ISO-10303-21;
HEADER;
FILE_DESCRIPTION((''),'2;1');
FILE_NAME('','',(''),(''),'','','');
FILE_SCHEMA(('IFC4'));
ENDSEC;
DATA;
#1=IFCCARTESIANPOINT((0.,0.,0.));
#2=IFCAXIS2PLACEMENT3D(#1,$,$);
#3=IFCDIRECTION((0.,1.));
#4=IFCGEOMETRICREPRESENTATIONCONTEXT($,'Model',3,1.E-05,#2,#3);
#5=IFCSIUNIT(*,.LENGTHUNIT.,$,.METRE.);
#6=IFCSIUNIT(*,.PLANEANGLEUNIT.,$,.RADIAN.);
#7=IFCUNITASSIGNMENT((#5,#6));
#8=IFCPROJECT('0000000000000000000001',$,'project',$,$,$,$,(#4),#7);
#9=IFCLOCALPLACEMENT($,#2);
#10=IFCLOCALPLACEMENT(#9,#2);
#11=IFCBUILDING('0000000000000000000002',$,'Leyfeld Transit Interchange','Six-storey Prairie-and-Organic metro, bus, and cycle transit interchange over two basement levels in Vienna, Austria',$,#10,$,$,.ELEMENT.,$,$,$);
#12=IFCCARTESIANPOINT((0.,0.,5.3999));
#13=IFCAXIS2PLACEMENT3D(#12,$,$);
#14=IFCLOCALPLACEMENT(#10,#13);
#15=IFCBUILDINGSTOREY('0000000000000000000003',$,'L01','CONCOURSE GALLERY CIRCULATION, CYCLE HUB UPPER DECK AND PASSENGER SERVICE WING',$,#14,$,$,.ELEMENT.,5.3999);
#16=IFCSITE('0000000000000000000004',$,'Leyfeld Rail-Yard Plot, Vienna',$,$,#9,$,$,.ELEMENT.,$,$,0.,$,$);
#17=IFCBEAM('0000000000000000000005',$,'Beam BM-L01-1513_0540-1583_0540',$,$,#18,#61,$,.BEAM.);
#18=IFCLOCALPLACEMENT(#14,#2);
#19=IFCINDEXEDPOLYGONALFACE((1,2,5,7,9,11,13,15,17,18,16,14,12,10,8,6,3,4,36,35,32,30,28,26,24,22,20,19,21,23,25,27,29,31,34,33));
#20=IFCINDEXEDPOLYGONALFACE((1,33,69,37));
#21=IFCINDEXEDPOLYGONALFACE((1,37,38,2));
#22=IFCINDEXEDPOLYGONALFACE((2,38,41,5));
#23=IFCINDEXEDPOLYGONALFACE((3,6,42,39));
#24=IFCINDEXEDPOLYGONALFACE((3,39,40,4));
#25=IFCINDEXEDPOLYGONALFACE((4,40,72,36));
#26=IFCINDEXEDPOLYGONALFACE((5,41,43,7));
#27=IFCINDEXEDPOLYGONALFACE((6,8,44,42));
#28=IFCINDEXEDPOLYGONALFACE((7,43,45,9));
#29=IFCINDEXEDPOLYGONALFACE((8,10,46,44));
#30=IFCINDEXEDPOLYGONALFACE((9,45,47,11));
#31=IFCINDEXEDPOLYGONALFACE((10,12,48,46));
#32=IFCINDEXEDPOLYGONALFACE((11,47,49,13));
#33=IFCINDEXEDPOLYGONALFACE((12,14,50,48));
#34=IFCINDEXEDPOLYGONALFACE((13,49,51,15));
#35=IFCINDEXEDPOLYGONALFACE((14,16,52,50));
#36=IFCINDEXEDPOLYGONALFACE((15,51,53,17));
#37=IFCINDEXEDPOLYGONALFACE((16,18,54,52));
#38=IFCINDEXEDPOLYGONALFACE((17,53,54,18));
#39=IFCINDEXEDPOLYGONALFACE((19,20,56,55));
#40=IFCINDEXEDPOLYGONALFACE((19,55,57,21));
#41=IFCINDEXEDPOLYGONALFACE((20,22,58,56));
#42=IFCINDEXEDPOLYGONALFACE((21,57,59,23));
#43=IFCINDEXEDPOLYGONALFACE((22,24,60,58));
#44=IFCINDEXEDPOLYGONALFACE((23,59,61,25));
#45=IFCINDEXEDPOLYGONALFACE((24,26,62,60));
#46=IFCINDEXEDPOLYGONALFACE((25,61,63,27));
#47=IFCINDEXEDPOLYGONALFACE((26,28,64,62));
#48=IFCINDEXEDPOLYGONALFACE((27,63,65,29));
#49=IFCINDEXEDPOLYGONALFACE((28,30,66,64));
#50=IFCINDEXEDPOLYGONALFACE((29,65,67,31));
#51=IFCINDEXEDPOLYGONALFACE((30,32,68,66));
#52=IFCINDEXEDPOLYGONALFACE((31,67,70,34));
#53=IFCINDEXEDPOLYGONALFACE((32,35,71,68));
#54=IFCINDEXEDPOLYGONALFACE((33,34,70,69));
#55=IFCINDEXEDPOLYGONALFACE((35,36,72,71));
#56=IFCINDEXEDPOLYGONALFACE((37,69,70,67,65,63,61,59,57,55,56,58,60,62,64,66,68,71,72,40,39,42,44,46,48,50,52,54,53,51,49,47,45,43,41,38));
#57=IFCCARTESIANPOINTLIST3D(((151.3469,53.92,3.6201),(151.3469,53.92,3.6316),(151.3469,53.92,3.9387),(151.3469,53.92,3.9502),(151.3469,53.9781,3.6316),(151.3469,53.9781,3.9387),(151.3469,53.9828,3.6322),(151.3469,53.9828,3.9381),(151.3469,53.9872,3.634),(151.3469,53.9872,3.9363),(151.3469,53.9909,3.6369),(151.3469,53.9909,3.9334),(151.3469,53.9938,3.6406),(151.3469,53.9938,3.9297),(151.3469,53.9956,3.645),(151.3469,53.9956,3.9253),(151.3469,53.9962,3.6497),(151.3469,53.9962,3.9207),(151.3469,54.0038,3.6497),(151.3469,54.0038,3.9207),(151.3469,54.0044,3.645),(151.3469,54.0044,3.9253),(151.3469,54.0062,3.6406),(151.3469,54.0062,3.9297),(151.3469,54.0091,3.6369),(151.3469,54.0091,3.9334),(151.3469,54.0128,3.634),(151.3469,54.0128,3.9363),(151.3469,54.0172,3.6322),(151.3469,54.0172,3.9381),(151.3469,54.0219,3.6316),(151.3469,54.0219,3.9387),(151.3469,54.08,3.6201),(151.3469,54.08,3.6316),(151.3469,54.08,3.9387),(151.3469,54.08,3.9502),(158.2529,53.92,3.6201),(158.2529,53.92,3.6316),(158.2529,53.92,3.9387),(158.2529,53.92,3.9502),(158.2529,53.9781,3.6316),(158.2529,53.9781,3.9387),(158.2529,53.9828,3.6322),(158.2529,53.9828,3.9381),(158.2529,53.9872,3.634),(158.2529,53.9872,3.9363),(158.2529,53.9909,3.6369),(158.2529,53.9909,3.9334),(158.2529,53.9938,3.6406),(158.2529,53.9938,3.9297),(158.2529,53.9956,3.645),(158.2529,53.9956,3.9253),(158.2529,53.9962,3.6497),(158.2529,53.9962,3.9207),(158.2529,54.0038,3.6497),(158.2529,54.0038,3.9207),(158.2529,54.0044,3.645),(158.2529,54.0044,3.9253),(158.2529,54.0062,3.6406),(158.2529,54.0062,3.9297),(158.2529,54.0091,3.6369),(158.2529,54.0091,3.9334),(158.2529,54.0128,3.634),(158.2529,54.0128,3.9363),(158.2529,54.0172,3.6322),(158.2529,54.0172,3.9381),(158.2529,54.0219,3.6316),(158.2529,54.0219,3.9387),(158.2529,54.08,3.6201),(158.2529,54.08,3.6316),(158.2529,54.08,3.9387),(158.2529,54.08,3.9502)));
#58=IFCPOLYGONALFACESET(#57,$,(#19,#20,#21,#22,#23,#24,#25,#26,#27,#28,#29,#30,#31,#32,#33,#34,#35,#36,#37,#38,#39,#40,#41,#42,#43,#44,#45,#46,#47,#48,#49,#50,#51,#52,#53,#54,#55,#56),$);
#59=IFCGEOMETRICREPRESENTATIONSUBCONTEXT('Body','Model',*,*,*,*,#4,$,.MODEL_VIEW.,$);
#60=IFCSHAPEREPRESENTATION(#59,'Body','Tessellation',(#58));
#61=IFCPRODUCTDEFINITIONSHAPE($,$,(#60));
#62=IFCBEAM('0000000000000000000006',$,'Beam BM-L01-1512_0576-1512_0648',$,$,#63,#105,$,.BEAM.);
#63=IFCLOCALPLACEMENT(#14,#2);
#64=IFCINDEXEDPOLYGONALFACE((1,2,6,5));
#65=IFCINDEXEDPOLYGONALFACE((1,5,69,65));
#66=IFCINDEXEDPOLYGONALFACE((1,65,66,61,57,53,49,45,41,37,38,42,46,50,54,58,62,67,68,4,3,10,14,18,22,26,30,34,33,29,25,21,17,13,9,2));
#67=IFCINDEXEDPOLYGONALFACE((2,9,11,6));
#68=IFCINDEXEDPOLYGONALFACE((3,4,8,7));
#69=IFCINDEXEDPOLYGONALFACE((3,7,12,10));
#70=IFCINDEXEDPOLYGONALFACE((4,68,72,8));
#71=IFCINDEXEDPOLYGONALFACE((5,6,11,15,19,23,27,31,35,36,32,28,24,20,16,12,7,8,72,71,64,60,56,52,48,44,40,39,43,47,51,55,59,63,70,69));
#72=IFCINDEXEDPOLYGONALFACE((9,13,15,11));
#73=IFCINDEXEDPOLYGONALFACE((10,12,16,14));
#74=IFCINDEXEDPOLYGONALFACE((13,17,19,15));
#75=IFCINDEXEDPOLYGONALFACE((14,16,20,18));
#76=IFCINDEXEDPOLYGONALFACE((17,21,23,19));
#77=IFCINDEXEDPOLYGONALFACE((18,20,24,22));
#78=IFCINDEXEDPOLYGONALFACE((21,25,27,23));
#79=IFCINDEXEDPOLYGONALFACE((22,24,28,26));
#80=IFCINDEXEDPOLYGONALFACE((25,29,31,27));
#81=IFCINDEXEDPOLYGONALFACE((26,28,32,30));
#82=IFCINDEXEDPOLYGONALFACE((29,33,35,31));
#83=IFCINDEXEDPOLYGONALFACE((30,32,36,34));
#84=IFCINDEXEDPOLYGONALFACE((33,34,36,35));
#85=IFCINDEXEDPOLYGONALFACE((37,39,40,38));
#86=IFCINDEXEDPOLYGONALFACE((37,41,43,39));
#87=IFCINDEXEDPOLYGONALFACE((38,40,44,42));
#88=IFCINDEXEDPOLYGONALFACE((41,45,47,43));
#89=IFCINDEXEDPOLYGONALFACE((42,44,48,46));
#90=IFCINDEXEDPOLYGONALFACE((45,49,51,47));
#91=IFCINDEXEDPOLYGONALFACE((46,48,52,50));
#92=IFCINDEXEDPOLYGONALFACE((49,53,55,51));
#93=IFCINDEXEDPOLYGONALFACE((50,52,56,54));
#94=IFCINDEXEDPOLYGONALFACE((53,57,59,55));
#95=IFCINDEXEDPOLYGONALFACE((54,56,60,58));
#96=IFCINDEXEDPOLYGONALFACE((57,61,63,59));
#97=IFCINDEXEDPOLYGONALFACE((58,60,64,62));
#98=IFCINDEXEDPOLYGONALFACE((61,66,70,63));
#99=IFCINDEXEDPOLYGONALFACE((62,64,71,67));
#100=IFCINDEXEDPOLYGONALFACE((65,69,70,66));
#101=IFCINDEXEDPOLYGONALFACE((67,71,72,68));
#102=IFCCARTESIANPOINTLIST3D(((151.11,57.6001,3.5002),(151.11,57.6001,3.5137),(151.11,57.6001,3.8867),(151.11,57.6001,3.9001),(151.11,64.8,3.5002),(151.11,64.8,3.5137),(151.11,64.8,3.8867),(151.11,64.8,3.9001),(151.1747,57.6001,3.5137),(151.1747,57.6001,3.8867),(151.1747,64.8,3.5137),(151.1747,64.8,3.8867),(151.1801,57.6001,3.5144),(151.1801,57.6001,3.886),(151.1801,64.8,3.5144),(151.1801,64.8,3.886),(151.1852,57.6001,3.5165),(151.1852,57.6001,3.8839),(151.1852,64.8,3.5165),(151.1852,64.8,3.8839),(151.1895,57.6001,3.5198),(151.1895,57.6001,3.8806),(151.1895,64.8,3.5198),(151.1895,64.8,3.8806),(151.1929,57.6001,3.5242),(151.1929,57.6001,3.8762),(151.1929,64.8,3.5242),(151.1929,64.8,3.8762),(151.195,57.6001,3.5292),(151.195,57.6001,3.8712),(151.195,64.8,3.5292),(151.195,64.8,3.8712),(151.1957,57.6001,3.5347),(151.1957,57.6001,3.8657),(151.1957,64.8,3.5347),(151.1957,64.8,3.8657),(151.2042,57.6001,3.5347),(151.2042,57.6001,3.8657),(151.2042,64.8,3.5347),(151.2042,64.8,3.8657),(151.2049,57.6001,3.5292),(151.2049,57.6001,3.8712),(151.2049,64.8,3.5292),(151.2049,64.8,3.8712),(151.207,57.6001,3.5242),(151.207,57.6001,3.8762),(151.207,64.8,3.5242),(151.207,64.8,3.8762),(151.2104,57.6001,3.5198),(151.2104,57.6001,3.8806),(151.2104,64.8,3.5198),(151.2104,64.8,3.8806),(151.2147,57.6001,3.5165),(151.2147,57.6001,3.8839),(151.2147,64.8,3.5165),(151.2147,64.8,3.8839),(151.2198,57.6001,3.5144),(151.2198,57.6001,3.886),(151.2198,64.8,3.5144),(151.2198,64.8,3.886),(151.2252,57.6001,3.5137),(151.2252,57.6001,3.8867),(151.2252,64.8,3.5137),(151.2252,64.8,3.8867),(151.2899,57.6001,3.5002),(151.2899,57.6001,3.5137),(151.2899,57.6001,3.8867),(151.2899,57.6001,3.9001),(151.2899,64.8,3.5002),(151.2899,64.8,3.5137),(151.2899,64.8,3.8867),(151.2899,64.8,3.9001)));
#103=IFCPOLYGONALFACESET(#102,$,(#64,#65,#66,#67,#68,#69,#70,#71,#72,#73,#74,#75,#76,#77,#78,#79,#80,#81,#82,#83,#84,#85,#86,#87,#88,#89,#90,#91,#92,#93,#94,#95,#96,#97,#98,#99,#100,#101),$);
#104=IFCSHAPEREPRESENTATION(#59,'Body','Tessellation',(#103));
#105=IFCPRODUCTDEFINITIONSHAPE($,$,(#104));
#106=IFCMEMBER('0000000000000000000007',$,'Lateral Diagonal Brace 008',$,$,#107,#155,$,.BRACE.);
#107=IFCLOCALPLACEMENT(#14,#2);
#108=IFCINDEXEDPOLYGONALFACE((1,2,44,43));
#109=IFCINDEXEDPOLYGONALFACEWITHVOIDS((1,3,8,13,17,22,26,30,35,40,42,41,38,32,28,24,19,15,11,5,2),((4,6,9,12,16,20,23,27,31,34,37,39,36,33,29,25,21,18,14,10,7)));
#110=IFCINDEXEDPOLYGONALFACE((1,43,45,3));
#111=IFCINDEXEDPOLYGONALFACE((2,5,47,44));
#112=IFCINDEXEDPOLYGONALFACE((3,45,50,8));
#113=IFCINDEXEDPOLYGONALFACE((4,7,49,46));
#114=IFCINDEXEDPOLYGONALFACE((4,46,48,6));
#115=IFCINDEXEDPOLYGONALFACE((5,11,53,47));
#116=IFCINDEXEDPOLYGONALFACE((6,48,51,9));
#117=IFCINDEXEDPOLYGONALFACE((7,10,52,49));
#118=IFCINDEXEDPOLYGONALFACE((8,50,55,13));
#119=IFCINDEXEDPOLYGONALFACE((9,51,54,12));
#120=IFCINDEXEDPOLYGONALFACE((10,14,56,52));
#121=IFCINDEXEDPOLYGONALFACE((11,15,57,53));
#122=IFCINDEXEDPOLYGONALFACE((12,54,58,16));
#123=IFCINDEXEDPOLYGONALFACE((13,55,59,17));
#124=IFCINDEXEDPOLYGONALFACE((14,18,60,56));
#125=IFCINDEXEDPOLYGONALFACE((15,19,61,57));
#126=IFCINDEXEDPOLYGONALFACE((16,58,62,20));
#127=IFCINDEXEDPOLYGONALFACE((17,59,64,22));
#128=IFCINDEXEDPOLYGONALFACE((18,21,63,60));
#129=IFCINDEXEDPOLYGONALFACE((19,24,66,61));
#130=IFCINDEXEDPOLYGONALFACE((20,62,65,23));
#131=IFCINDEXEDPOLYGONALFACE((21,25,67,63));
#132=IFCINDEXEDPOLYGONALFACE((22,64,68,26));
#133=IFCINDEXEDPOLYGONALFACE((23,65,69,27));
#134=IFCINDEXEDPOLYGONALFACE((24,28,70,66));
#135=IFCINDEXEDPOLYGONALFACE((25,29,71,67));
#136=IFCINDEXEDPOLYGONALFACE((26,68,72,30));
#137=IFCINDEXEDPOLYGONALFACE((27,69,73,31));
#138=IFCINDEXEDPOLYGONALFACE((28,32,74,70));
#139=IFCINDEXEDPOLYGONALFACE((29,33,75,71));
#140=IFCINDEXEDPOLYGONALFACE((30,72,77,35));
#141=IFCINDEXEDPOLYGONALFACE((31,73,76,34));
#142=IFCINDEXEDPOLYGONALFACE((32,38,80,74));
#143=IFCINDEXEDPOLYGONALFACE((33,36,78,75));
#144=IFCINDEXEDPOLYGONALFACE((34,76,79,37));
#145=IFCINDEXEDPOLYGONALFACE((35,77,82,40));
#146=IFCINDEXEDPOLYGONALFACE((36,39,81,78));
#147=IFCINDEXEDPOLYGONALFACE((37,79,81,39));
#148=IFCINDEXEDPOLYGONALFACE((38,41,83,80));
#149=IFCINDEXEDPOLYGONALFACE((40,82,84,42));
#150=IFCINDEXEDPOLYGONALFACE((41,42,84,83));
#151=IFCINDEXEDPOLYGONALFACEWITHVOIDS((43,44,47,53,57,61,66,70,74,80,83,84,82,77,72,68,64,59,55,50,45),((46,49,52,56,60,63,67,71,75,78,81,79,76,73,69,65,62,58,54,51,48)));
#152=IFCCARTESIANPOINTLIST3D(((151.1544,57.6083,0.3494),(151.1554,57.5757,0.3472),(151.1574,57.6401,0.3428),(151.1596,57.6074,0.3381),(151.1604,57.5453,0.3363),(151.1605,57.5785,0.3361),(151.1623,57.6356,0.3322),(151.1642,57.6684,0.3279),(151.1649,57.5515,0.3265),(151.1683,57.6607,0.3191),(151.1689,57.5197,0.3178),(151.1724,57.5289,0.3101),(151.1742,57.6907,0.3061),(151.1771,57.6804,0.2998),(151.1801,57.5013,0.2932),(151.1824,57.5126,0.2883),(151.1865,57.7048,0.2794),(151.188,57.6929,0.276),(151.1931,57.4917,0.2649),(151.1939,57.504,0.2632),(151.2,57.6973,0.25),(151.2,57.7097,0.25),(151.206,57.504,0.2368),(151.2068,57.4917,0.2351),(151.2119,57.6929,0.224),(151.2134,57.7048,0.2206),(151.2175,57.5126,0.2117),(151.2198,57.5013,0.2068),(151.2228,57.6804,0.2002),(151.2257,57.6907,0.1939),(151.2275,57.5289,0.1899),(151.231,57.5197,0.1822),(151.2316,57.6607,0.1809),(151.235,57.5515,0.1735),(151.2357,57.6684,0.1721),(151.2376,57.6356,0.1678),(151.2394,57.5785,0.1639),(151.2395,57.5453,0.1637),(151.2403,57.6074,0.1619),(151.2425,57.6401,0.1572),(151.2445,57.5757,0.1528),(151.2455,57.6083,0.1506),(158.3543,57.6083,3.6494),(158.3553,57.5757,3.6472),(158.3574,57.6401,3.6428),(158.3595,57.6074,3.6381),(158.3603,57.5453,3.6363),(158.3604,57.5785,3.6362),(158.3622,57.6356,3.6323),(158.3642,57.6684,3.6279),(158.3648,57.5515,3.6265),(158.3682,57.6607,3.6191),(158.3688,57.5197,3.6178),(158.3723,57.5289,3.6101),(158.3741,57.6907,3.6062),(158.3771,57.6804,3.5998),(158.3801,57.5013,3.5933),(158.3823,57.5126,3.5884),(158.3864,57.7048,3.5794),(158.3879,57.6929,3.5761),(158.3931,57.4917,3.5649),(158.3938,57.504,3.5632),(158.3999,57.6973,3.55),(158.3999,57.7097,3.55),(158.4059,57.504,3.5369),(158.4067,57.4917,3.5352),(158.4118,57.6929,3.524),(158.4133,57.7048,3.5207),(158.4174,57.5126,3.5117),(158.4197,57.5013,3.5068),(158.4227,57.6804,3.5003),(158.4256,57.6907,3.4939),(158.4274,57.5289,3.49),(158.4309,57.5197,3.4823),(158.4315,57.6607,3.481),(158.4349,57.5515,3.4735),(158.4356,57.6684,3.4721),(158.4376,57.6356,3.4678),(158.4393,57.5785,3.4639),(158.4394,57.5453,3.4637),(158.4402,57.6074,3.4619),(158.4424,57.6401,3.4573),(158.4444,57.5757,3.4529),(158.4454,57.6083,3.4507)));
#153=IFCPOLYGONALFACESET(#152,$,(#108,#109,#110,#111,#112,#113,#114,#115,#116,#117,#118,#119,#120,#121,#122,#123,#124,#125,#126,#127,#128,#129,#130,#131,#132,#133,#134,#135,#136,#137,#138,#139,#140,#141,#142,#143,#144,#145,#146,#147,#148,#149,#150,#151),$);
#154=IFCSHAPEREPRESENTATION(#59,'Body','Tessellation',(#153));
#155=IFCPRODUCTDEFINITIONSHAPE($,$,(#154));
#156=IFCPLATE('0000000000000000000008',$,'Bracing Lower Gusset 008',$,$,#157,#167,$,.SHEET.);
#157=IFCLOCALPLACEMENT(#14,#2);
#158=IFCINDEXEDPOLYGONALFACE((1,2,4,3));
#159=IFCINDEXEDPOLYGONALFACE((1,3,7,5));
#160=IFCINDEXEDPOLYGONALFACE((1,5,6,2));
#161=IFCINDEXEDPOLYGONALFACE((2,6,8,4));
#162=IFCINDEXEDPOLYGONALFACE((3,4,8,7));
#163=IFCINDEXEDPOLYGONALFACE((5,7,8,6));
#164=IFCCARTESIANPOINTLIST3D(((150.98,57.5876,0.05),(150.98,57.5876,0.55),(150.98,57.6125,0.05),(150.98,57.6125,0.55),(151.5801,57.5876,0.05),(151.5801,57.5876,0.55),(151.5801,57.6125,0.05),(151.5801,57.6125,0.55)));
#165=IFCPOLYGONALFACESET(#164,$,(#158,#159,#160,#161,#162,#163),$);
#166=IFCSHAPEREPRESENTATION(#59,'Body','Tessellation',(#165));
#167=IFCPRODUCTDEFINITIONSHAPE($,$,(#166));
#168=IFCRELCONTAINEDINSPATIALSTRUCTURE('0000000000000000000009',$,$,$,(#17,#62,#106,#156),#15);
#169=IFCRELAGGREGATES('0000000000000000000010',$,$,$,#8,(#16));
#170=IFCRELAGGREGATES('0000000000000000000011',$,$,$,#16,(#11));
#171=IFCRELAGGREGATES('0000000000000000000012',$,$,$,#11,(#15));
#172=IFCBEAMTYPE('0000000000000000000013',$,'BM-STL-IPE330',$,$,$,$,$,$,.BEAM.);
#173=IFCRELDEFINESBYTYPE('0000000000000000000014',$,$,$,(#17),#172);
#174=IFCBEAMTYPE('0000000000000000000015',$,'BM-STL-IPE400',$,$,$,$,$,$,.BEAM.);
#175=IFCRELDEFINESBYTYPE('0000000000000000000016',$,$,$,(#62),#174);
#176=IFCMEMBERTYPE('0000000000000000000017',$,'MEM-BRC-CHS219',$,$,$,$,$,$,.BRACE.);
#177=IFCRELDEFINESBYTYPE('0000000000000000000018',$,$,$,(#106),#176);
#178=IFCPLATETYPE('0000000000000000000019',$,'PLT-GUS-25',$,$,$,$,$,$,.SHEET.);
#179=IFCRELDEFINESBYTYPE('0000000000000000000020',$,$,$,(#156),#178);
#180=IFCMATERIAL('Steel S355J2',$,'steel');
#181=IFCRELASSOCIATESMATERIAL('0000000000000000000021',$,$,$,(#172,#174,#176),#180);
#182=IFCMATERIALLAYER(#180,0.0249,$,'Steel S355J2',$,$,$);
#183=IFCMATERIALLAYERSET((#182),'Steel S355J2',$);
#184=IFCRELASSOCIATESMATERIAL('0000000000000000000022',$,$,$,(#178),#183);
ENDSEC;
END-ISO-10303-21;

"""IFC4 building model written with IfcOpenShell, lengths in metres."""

from ifc_helpers import new_model, si_unit, direction, frame, origin, origin_2d, place, context, subcontext, project, spatial, rectangle, hollow_circle, i_section, extrude, material, layer, layer_set, material_profile, profile_set, type_object, element, save


model = new_model("IFC4")

# Units and contexts
model_context = context("Model", 3, precision=1e-05, world=origin(), true_north=direction((0.0, 1.0)))
body_context = subcontext(model_context, "Body", "Model", "MODEL_VIEW")
ifc_project = project(units=[si_unit("LENGTHUNIT", "METRE"), si_unit("PLANEANGLEUNIT", "RADIAN")], contexts=[model_context])

# Site, building, storey
site_placement = place(None, origin())
site = spatial("IfcSite", under=ifc_project, at=site_placement, Name="Leyfeld Rail-Yard Plot, Vienna", CompositionType="ELEMENT", RefElevation=0.0)
building_placement = place(site_placement, origin())
building = spatial("IfcBuilding", under=site, at=building_placement, Name="Leyfeld Transit Interchange", Description="Six-storey Prairie-and-Organic metro, bus, and cycle transit interchange over two basement levels in Vienna, Austria", CompositionType="ELEMENT")
storey_placement = place(building_placement, frame((0.0, 0.0, 5.3999)))
storey = spatial("IfcBuildingStorey", under=building, at=storey_placement, Name="L01", Description="CONCOURSE GALLERY CIRCULATION, CYCLE HUB UPPER DECK AND PASSENGER SERVICE WING", CompositionType="ELEMENT", Elevation=5.3999)

# Shared definitions
ifc_material_1 = material(Name="Steel S355J2", Category="steel")

# Beams
ifc_material_profile_1 = material_profile(ifc_material_1, i_section(OverallWidth=0.1599, OverallDepth=0.3301, WebThickness=0.0076, FlangeThickness=0.0115, FilletRadius=0.0181, at=origin_2d()), Name="IPE 330")
ifc_profile_set_1 = profile_set([ifc_material_profile_1], Name="Steel S355J2")
beam_type_1 = type_object("IfcBeamType", Name="BM-STL-IPE330", PredefinedType="BEAM", material=ifc_profile_set_1)
for number, where, z_axis, x_axis, name in (
    (1, (151.3469, 54.0, 3.7852), (1.0, 0.0, 0.0), (0.0, 1.0, 0.0), "Beam BM-L01-1513_0540-1583_0540"),
):
    element("IfcBeam", number, at=place(storey_placement, frame(where, z_axis=z_axis, x_axis=x_axis)), inside=storey, type_object=beam_type_1, Name=name, PredefinedType="BEAM", context=body_context, shape_type="SweptSolid", body=[
        extrude(i_section(OverallWidth=0.1599, OverallDepth=0.3301, WebThickness=0.0076, FlangeThickness=0.0115, FilletRadius=0.0181, at=origin_2d()), origin(), (0.0, 0.0, 1.0), 6.906),
    ])
ifc_material_profile_2 = material_profile(ifc_material_1, i_section(OverallWidth=0.1799, OverallDepth=0.3999, WebThickness=0.0085, FlangeThickness=0.0134, FilletRadius=0.021, at=origin_2d()), Name="IPE 400")
ifc_profile_set_2 = profile_set([ifc_material_profile_2], Name="Steel S355J2")
beam_type_2 = type_object("IfcBeamType", Name="BM-STL-IPE400", PredefinedType="BEAM", material=ifc_profile_set_2)
beam_1_placement = place(storey_placement, frame((151.2, 57.6001, 3.7002), z_axis=(0.0, 1.0, 0.0), x_axis=(-1.0, 0.0, 0.0)))
element("IfcBeam", 2, at=beam_1_placement, inside=storey, type_object=beam_type_2, Name="Beam BM-L01-1512_0576-1512_0648", PredefinedType="BEAM", context=body_context, shape_type="SweptSolid", body=[
    extrude(i_section(OverallWidth=0.1799, OverallDepth=0.3999, WebThickness=0.0085, FlangeThickness=0.0134, FilletRadius=0.021, at=origin_2d()), origin(), (0.0, 0.0, 1.0), 7.2),
])

# Member
ifc_material_profile_3 = material_profile(ifc_material_1, hollow_circle(Radius=0.1096, WallThickness=0.0125, at=origin_2d()), Name="CHS 219.1x12.5")
ifc_profile_set_3 = profile_set([ifc_material_profile_3], Name="Steel S355J2")
member_type = type_object("IfcMemberType", Name="MEM-BRC-CHS219", PredefinedType="BRACE", material=ifc_profile_set_3)
member_placement = place(storey_placement, frame((151.2, 57.6001, 0.25), z_axis=(0.909061, 0.0, 0.416662), x_axis=(0.0, 1.0, 0.0)))
element("IfcMember", 3, at=member_placement, inside=storey, type_object=member_type, Name="Lateral Diagonal Brace 008", PredefinedType="BRACE", context=body_context, shape_type="SweptSolid", body=[
    extrude(hollow_circle(Radius=0.1096, WallThickness=0.0125, at=origin_2d()), origin(), (0.0, 0.0, 1.0), 7.9202),
])

# Plate
ifc_layer_1 = layer(ifc_material_1, 0.0249, Name="Steel S355J2")
ifc_layer_set_1 = layer_set([ifc_layer_1], Name="Steel S355J2")
plate_type = type_object("IfcPlateType", Name="PLT-GUS-25", PredefinedType="SHEET", material=ifc_layer_set_1)
plate_placement = place(storey_placement, frame((151.28, 57.6001, 0.05), z_axis=(0.0, 0.0, 1.0), x_axis=(1.0, 0.0, 0.0)))
element("IfcPlate", 4, at=plate_placement, inside=storey, type_object=plate_type, Name="Bracing Lower Gusset 008", PredefinedType="SHEET", context=body_context, shape_type="SweptSolid", body=[
    extrude(rectangle(XDim=0.6001, YDim=0.0249, at=origin_2d()), origin(), (0.0, 0.0, 1.0), 0.5),
])

save(model, "model.ifc")
